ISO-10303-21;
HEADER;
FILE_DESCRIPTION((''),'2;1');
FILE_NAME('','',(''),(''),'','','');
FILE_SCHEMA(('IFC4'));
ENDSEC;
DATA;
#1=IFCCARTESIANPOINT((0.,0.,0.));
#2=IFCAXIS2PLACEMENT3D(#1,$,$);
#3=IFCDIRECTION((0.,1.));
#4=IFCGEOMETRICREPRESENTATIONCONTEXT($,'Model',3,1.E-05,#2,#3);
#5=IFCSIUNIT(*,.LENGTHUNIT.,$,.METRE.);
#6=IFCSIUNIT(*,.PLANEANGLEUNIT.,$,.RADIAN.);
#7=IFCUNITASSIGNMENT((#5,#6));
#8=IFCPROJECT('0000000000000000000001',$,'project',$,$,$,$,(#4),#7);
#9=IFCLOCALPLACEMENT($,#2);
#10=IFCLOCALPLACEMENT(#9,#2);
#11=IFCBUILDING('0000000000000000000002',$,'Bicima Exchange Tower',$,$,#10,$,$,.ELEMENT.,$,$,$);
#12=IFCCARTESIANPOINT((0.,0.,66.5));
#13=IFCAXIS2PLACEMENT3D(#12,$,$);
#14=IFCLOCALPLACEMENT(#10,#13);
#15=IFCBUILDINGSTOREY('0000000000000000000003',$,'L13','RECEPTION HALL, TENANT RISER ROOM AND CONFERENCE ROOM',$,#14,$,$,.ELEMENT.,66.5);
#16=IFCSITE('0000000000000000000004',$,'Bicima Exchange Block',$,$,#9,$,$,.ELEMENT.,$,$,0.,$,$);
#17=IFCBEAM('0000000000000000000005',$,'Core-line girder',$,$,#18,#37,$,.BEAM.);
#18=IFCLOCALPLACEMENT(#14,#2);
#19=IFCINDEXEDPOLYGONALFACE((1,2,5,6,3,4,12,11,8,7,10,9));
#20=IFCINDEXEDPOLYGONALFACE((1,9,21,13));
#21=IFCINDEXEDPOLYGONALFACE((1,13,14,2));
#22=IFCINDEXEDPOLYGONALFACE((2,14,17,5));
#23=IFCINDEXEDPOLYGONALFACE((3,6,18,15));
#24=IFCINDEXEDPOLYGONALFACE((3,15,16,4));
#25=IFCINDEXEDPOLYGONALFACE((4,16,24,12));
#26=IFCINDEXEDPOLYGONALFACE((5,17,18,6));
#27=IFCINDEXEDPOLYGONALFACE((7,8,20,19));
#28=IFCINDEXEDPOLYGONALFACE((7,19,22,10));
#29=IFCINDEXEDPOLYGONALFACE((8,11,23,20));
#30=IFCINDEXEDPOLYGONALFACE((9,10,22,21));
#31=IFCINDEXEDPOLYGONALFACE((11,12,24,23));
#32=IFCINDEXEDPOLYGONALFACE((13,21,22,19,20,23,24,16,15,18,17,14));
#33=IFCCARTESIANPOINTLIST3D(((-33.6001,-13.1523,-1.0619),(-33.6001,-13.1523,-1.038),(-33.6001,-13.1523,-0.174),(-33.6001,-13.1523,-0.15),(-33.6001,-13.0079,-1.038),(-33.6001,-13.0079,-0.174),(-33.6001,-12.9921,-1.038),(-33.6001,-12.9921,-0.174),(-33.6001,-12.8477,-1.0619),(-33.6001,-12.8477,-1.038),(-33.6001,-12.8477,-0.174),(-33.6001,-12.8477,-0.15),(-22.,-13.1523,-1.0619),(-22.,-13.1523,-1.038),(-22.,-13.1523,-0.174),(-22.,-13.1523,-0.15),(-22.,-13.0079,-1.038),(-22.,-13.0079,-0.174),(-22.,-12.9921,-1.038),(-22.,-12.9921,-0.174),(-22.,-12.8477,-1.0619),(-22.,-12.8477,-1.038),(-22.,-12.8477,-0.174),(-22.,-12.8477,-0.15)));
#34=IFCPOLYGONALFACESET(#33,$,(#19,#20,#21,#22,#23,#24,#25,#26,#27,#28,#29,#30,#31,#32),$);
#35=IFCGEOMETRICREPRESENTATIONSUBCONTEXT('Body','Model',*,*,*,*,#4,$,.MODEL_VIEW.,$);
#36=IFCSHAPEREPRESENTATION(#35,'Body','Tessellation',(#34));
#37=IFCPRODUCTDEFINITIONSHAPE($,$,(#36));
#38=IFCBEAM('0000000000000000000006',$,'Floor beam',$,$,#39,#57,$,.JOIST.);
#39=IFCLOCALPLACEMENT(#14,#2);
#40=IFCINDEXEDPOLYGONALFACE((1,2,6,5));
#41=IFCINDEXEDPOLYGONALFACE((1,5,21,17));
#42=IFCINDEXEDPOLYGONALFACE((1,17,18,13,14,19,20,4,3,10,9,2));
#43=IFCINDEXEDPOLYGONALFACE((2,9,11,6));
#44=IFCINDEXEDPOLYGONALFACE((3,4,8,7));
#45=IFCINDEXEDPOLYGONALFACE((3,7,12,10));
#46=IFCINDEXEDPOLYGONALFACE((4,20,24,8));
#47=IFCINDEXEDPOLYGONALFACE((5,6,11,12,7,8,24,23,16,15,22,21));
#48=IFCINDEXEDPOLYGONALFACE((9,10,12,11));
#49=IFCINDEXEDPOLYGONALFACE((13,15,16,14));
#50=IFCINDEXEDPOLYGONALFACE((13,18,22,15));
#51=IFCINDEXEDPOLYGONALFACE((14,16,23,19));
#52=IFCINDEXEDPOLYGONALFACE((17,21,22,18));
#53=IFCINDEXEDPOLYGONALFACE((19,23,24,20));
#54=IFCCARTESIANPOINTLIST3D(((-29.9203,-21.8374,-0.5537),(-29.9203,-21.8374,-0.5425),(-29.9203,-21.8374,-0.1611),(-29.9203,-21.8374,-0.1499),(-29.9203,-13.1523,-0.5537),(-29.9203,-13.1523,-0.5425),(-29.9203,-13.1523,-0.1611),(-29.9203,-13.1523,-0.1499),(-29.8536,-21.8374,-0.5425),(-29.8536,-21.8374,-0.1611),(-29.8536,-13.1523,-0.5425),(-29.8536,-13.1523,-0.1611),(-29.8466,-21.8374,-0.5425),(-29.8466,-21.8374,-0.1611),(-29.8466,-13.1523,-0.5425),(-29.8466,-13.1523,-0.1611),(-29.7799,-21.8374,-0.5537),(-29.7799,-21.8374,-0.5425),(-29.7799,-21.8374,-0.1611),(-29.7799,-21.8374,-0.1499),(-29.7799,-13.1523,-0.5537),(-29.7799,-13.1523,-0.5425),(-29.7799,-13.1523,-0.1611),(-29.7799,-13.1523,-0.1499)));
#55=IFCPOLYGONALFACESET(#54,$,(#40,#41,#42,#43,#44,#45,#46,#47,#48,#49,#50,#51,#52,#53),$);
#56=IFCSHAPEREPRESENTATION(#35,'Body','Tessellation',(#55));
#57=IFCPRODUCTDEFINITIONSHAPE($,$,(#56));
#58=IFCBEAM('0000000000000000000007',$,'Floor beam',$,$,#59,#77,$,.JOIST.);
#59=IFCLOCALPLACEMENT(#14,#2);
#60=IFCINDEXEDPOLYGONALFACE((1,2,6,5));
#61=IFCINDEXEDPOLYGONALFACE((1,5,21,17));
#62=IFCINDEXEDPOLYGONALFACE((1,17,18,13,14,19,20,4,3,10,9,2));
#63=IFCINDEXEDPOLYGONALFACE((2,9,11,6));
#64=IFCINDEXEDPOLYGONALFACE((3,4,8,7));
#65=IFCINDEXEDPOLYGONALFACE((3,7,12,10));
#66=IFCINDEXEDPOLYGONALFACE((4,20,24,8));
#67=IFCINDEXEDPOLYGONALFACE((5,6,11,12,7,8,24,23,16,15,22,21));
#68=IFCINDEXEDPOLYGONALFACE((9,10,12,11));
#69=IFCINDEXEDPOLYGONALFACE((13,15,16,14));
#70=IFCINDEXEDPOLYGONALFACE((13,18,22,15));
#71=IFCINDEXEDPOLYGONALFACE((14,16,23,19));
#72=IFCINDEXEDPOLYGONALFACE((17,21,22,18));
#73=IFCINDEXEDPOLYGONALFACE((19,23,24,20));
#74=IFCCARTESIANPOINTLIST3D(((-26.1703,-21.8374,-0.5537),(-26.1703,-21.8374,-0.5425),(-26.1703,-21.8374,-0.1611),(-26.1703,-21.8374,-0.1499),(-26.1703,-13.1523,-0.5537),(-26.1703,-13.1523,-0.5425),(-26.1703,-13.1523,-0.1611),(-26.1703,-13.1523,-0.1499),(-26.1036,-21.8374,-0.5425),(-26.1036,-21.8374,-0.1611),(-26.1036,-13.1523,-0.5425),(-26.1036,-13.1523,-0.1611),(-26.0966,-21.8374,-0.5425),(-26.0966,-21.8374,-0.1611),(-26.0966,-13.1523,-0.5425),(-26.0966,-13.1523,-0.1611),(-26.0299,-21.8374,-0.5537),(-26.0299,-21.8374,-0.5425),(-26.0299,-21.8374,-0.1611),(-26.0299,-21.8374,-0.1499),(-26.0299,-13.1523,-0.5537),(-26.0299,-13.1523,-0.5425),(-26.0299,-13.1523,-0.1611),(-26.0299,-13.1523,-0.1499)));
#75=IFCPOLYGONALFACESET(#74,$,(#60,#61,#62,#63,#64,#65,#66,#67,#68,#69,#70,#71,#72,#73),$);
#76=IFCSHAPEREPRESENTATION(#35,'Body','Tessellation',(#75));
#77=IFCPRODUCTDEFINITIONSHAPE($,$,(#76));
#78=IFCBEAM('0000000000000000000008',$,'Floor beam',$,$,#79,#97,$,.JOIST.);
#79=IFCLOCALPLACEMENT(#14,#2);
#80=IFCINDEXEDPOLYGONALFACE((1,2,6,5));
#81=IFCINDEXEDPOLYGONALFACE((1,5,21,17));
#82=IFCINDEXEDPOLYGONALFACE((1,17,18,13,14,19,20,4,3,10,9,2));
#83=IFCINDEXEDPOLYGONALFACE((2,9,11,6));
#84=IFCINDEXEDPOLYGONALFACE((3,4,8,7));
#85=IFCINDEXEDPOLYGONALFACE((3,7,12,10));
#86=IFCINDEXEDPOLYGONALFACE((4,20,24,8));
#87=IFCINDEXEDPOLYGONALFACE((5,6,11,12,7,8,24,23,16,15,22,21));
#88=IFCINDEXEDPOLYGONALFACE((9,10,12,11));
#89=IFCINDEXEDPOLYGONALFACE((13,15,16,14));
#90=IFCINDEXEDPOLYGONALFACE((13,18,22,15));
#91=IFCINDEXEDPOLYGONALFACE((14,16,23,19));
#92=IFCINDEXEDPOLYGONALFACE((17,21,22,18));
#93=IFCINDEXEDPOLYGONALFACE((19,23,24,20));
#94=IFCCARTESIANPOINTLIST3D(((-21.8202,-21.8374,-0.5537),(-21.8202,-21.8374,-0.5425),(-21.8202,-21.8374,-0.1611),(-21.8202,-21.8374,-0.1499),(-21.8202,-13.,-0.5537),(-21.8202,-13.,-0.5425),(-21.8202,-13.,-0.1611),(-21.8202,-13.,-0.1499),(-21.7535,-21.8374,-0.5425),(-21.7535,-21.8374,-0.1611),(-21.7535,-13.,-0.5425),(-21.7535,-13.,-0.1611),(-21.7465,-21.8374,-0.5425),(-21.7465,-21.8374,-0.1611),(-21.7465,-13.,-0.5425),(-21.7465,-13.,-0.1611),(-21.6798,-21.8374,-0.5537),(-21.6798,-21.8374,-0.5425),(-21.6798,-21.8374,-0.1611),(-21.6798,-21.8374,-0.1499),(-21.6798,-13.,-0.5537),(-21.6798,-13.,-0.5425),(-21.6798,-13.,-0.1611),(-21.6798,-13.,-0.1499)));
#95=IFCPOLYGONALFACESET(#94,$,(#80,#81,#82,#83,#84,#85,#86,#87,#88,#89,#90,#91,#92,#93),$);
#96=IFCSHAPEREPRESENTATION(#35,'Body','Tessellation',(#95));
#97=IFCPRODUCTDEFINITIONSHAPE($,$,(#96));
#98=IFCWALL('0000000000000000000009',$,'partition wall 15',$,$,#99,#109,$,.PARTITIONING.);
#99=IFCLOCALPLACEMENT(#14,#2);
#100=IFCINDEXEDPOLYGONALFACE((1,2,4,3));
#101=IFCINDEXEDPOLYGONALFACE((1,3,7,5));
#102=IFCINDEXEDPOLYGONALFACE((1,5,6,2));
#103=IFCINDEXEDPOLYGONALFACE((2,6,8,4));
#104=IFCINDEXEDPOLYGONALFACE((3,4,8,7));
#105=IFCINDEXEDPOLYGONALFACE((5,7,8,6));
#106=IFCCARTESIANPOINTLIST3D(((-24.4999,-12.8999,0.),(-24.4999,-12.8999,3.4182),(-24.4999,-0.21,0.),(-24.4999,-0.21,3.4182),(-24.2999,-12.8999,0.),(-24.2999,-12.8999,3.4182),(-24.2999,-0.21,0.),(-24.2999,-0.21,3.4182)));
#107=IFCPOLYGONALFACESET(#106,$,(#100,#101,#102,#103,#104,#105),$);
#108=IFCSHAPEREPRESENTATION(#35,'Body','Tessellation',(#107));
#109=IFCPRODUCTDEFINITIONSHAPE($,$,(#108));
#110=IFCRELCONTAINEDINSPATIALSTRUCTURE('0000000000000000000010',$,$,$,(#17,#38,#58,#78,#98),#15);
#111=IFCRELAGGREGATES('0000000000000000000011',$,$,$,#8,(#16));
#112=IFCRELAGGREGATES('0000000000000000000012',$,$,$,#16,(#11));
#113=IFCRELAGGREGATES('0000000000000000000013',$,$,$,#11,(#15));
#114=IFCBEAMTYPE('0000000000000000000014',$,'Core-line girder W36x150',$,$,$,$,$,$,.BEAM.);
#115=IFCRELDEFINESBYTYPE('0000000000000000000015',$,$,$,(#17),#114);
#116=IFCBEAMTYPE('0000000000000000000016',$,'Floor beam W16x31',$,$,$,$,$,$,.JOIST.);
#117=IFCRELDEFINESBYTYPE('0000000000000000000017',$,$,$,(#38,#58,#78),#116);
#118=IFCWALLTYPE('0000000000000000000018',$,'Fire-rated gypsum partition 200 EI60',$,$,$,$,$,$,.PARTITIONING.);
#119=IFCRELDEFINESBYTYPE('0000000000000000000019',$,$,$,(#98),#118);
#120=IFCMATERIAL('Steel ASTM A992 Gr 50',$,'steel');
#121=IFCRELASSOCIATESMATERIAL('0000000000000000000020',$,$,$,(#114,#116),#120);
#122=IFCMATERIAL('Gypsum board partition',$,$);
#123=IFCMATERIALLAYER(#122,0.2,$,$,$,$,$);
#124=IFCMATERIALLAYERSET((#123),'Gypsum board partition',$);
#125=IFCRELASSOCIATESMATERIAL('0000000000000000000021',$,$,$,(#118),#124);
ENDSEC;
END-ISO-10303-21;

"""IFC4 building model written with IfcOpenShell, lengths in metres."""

from ifc_helpers import new_model, si_unit, direction, frame, frame_2d, origin, origin_2d, place, context, subcontext, project, spatial, rectangle, i_section, extrude, material, layer, layer_set, material_profile, profile_set, type_object, element, save


model = new_model("IFC4")

# Units and contexts
model_context = context("Model", 3, precision=1e-05, world=origin(), true_north=direction((0.0, 1.0)))
body_context = subcontext(model_context, "Body", "Model", "MODEL_VIEW")
ifc_project = project(units=[si_unit("LENGTHUNIT", "METRE"), si_unit("PLANEANGLEUNIT", "RADIAN")], contexts=[model_context])

# Site, building, storey
site_placement = place(None, origin())
site = spatial("IfcSite", under=ifc_project, at=site_placement, Name="Bicima Exchange Block", CompositionType="ELEMENT", RefElevation=0.0)
building_placement = place(site_placement, origin())
building = spatial("IfcBuilding", under=site, at=building_placement, Name="Bicima Exchange Tower", CompositionType="ELEMENT")
storey_placement = place(building_placement, frame((0.0, 0.0, 66.5)))
storey = spatial("IfcBuildingStorey", under=building, at=storey_placement, Name="L13", Description="RECEPTION HALL, TENANT RISER ROOM AND CONFERENCE ROOM", CompositionType="ELEMENT", Elevation=66.5)

# Beams
ifc_material_1 = material(Name="Steel ASTM A992 Gr 50", Category="steel")
ifc_material_profile_1 = material_profile(ifc_material_1, i_section(OverallWidth=0.3047, OverallDepth=0.9119, WebThickness=0.0159, FlangeThickness=0.0239, at=origin_2d()))
ifc_profile_set_1 = profile_set([ifc_material_profile_1], Name="Steel ASTM A992 Gr 50")
beam_type_1 = type_object("IfcBeamType", Name="Core-line girder W36x150", PredefinedType="BEAM", material=ifc_profile_set_1)
beam_1_placement = place(storey_placement, frame((-22.0, -13.0, -0.606), z_axis=(-1.0, 0.0, 0.0), x_axis=(0.0, -1.0, 0.0)))
element("IfcBeam", 1, at=beam_1_placement, inside=storey, type_object=beam_type_1, Name="Core-line girder", PredefinedType="BEAM", context=body_context, shape_type="SweptSolid", body=[
    extrude(i_section(OverallWidth=0.3047, OverallDepth=0.9119, WebThickness=0.0159, FlangeThickness=0.0239, at=origin_2d()), origin(), (0.0, 0.0, 1.0), 11.6001),
])
ifc_material_profile_2 = material_profile(ifc_material_1, i_section(OverallWidth=0.1404, OverallDepth=0.4038, WebThickness=0.0071, FlangeThickness=0.0112, at=origin_2d()))
ifc_profile_set_2 = profile_set([ifc_material_profile_2], Name="Steel ASTM A992 Gr 50")
beam_type_2 = type_object("IfcBeamType", Name="Floor beam W16x31", PredefinedType="JOIST", material=ifc_profile_set_2)
for number, where, z_axis, x_axis, name in (
    (2, (-29.8501, -13.1523, -0.3518), (0.0, -1.0, 0.0), (1.0, 0.0, 0.0), "Floor beam"),
    (3, (-26.1001, -13.1523, -0.3518), (0.0, -1.0, 0.0), (1.0, 0.0, 0.0), "Floor beam"),
):
    element("IfcBeam", number, at=place(storey_placement, frame(where, z_axis=z_axis, x_axis=x_axis)), inside=storey, type_object=beam_type_2, Name=name, PredefinedType="JOIST", context=body_context, shape_type="SweptSolid", body=[
        extrude(i_section(OverallWidth=0.1404, OverallDepth=0.4038, WebThickness=0.0071, FlangeThickness=0.0112, at=origin_2d()), origin(), (0.0, 0.0, 1.0), 8.6851),
    ])
beam_2_placement = place(storey_placement, frame((-21.75, -13.0, -0.3518), z_axis=(0.0, -1.0, 0.0), x_axis=(1.0, 0.0, 0.0)))
element("IfcBeam", 4, at=beam_2_placement, inside=storey, type_object=beam_type_2, Name="Floor beam", PredefinedType="JOIST", context=body_context, shape_type="SweptSolid", body=[
    extrude(i_section(OverallWidth=0.1404, OverallDepth=0.4038, WebThickness=0.0071, FlangeThickness=0.0112, at=origin_2d()), origin(), (0.0, 0.0, 1.0), 8.8374),
])

# Wall
ifc_material_2 = material(Name="Gypsum board partition")
ifc_layer_1 = layer(ifc_material_2, 0.2)
ifc_layer_set_1 = layer_set([ifc_layer_1], Name="Gypsum board partition")
wall_type_1 = type_object("IfcWallType", Name="Fire-rated gypsum partition 200 EI60", PredefinedType="PARTITIONING", material=ifc_layer_set_1)
wall_1_placement = place(storey_placement, frame((-24.3999, -12.8999, 0.0), z_axis=(0.0, 0.0, 1.0), x_axis=(0.0, 1.0, 0.0)))
element("IfcWall", 5, at=wall_1_placement, inside=storey, type_object=wall_type_1, Name="partition wall 15", PredefinedType="PARTITIONING", context=body_context, shape_type="SweptSolid", body=[
    extrude(rectangle(XDim=12.6899, YDim=0.2, at=frame_2d((6.345, 0.0))), origin(), (0.0, 0.0, 1.0), 3.4182),
])

save(model, "model.ifc")
